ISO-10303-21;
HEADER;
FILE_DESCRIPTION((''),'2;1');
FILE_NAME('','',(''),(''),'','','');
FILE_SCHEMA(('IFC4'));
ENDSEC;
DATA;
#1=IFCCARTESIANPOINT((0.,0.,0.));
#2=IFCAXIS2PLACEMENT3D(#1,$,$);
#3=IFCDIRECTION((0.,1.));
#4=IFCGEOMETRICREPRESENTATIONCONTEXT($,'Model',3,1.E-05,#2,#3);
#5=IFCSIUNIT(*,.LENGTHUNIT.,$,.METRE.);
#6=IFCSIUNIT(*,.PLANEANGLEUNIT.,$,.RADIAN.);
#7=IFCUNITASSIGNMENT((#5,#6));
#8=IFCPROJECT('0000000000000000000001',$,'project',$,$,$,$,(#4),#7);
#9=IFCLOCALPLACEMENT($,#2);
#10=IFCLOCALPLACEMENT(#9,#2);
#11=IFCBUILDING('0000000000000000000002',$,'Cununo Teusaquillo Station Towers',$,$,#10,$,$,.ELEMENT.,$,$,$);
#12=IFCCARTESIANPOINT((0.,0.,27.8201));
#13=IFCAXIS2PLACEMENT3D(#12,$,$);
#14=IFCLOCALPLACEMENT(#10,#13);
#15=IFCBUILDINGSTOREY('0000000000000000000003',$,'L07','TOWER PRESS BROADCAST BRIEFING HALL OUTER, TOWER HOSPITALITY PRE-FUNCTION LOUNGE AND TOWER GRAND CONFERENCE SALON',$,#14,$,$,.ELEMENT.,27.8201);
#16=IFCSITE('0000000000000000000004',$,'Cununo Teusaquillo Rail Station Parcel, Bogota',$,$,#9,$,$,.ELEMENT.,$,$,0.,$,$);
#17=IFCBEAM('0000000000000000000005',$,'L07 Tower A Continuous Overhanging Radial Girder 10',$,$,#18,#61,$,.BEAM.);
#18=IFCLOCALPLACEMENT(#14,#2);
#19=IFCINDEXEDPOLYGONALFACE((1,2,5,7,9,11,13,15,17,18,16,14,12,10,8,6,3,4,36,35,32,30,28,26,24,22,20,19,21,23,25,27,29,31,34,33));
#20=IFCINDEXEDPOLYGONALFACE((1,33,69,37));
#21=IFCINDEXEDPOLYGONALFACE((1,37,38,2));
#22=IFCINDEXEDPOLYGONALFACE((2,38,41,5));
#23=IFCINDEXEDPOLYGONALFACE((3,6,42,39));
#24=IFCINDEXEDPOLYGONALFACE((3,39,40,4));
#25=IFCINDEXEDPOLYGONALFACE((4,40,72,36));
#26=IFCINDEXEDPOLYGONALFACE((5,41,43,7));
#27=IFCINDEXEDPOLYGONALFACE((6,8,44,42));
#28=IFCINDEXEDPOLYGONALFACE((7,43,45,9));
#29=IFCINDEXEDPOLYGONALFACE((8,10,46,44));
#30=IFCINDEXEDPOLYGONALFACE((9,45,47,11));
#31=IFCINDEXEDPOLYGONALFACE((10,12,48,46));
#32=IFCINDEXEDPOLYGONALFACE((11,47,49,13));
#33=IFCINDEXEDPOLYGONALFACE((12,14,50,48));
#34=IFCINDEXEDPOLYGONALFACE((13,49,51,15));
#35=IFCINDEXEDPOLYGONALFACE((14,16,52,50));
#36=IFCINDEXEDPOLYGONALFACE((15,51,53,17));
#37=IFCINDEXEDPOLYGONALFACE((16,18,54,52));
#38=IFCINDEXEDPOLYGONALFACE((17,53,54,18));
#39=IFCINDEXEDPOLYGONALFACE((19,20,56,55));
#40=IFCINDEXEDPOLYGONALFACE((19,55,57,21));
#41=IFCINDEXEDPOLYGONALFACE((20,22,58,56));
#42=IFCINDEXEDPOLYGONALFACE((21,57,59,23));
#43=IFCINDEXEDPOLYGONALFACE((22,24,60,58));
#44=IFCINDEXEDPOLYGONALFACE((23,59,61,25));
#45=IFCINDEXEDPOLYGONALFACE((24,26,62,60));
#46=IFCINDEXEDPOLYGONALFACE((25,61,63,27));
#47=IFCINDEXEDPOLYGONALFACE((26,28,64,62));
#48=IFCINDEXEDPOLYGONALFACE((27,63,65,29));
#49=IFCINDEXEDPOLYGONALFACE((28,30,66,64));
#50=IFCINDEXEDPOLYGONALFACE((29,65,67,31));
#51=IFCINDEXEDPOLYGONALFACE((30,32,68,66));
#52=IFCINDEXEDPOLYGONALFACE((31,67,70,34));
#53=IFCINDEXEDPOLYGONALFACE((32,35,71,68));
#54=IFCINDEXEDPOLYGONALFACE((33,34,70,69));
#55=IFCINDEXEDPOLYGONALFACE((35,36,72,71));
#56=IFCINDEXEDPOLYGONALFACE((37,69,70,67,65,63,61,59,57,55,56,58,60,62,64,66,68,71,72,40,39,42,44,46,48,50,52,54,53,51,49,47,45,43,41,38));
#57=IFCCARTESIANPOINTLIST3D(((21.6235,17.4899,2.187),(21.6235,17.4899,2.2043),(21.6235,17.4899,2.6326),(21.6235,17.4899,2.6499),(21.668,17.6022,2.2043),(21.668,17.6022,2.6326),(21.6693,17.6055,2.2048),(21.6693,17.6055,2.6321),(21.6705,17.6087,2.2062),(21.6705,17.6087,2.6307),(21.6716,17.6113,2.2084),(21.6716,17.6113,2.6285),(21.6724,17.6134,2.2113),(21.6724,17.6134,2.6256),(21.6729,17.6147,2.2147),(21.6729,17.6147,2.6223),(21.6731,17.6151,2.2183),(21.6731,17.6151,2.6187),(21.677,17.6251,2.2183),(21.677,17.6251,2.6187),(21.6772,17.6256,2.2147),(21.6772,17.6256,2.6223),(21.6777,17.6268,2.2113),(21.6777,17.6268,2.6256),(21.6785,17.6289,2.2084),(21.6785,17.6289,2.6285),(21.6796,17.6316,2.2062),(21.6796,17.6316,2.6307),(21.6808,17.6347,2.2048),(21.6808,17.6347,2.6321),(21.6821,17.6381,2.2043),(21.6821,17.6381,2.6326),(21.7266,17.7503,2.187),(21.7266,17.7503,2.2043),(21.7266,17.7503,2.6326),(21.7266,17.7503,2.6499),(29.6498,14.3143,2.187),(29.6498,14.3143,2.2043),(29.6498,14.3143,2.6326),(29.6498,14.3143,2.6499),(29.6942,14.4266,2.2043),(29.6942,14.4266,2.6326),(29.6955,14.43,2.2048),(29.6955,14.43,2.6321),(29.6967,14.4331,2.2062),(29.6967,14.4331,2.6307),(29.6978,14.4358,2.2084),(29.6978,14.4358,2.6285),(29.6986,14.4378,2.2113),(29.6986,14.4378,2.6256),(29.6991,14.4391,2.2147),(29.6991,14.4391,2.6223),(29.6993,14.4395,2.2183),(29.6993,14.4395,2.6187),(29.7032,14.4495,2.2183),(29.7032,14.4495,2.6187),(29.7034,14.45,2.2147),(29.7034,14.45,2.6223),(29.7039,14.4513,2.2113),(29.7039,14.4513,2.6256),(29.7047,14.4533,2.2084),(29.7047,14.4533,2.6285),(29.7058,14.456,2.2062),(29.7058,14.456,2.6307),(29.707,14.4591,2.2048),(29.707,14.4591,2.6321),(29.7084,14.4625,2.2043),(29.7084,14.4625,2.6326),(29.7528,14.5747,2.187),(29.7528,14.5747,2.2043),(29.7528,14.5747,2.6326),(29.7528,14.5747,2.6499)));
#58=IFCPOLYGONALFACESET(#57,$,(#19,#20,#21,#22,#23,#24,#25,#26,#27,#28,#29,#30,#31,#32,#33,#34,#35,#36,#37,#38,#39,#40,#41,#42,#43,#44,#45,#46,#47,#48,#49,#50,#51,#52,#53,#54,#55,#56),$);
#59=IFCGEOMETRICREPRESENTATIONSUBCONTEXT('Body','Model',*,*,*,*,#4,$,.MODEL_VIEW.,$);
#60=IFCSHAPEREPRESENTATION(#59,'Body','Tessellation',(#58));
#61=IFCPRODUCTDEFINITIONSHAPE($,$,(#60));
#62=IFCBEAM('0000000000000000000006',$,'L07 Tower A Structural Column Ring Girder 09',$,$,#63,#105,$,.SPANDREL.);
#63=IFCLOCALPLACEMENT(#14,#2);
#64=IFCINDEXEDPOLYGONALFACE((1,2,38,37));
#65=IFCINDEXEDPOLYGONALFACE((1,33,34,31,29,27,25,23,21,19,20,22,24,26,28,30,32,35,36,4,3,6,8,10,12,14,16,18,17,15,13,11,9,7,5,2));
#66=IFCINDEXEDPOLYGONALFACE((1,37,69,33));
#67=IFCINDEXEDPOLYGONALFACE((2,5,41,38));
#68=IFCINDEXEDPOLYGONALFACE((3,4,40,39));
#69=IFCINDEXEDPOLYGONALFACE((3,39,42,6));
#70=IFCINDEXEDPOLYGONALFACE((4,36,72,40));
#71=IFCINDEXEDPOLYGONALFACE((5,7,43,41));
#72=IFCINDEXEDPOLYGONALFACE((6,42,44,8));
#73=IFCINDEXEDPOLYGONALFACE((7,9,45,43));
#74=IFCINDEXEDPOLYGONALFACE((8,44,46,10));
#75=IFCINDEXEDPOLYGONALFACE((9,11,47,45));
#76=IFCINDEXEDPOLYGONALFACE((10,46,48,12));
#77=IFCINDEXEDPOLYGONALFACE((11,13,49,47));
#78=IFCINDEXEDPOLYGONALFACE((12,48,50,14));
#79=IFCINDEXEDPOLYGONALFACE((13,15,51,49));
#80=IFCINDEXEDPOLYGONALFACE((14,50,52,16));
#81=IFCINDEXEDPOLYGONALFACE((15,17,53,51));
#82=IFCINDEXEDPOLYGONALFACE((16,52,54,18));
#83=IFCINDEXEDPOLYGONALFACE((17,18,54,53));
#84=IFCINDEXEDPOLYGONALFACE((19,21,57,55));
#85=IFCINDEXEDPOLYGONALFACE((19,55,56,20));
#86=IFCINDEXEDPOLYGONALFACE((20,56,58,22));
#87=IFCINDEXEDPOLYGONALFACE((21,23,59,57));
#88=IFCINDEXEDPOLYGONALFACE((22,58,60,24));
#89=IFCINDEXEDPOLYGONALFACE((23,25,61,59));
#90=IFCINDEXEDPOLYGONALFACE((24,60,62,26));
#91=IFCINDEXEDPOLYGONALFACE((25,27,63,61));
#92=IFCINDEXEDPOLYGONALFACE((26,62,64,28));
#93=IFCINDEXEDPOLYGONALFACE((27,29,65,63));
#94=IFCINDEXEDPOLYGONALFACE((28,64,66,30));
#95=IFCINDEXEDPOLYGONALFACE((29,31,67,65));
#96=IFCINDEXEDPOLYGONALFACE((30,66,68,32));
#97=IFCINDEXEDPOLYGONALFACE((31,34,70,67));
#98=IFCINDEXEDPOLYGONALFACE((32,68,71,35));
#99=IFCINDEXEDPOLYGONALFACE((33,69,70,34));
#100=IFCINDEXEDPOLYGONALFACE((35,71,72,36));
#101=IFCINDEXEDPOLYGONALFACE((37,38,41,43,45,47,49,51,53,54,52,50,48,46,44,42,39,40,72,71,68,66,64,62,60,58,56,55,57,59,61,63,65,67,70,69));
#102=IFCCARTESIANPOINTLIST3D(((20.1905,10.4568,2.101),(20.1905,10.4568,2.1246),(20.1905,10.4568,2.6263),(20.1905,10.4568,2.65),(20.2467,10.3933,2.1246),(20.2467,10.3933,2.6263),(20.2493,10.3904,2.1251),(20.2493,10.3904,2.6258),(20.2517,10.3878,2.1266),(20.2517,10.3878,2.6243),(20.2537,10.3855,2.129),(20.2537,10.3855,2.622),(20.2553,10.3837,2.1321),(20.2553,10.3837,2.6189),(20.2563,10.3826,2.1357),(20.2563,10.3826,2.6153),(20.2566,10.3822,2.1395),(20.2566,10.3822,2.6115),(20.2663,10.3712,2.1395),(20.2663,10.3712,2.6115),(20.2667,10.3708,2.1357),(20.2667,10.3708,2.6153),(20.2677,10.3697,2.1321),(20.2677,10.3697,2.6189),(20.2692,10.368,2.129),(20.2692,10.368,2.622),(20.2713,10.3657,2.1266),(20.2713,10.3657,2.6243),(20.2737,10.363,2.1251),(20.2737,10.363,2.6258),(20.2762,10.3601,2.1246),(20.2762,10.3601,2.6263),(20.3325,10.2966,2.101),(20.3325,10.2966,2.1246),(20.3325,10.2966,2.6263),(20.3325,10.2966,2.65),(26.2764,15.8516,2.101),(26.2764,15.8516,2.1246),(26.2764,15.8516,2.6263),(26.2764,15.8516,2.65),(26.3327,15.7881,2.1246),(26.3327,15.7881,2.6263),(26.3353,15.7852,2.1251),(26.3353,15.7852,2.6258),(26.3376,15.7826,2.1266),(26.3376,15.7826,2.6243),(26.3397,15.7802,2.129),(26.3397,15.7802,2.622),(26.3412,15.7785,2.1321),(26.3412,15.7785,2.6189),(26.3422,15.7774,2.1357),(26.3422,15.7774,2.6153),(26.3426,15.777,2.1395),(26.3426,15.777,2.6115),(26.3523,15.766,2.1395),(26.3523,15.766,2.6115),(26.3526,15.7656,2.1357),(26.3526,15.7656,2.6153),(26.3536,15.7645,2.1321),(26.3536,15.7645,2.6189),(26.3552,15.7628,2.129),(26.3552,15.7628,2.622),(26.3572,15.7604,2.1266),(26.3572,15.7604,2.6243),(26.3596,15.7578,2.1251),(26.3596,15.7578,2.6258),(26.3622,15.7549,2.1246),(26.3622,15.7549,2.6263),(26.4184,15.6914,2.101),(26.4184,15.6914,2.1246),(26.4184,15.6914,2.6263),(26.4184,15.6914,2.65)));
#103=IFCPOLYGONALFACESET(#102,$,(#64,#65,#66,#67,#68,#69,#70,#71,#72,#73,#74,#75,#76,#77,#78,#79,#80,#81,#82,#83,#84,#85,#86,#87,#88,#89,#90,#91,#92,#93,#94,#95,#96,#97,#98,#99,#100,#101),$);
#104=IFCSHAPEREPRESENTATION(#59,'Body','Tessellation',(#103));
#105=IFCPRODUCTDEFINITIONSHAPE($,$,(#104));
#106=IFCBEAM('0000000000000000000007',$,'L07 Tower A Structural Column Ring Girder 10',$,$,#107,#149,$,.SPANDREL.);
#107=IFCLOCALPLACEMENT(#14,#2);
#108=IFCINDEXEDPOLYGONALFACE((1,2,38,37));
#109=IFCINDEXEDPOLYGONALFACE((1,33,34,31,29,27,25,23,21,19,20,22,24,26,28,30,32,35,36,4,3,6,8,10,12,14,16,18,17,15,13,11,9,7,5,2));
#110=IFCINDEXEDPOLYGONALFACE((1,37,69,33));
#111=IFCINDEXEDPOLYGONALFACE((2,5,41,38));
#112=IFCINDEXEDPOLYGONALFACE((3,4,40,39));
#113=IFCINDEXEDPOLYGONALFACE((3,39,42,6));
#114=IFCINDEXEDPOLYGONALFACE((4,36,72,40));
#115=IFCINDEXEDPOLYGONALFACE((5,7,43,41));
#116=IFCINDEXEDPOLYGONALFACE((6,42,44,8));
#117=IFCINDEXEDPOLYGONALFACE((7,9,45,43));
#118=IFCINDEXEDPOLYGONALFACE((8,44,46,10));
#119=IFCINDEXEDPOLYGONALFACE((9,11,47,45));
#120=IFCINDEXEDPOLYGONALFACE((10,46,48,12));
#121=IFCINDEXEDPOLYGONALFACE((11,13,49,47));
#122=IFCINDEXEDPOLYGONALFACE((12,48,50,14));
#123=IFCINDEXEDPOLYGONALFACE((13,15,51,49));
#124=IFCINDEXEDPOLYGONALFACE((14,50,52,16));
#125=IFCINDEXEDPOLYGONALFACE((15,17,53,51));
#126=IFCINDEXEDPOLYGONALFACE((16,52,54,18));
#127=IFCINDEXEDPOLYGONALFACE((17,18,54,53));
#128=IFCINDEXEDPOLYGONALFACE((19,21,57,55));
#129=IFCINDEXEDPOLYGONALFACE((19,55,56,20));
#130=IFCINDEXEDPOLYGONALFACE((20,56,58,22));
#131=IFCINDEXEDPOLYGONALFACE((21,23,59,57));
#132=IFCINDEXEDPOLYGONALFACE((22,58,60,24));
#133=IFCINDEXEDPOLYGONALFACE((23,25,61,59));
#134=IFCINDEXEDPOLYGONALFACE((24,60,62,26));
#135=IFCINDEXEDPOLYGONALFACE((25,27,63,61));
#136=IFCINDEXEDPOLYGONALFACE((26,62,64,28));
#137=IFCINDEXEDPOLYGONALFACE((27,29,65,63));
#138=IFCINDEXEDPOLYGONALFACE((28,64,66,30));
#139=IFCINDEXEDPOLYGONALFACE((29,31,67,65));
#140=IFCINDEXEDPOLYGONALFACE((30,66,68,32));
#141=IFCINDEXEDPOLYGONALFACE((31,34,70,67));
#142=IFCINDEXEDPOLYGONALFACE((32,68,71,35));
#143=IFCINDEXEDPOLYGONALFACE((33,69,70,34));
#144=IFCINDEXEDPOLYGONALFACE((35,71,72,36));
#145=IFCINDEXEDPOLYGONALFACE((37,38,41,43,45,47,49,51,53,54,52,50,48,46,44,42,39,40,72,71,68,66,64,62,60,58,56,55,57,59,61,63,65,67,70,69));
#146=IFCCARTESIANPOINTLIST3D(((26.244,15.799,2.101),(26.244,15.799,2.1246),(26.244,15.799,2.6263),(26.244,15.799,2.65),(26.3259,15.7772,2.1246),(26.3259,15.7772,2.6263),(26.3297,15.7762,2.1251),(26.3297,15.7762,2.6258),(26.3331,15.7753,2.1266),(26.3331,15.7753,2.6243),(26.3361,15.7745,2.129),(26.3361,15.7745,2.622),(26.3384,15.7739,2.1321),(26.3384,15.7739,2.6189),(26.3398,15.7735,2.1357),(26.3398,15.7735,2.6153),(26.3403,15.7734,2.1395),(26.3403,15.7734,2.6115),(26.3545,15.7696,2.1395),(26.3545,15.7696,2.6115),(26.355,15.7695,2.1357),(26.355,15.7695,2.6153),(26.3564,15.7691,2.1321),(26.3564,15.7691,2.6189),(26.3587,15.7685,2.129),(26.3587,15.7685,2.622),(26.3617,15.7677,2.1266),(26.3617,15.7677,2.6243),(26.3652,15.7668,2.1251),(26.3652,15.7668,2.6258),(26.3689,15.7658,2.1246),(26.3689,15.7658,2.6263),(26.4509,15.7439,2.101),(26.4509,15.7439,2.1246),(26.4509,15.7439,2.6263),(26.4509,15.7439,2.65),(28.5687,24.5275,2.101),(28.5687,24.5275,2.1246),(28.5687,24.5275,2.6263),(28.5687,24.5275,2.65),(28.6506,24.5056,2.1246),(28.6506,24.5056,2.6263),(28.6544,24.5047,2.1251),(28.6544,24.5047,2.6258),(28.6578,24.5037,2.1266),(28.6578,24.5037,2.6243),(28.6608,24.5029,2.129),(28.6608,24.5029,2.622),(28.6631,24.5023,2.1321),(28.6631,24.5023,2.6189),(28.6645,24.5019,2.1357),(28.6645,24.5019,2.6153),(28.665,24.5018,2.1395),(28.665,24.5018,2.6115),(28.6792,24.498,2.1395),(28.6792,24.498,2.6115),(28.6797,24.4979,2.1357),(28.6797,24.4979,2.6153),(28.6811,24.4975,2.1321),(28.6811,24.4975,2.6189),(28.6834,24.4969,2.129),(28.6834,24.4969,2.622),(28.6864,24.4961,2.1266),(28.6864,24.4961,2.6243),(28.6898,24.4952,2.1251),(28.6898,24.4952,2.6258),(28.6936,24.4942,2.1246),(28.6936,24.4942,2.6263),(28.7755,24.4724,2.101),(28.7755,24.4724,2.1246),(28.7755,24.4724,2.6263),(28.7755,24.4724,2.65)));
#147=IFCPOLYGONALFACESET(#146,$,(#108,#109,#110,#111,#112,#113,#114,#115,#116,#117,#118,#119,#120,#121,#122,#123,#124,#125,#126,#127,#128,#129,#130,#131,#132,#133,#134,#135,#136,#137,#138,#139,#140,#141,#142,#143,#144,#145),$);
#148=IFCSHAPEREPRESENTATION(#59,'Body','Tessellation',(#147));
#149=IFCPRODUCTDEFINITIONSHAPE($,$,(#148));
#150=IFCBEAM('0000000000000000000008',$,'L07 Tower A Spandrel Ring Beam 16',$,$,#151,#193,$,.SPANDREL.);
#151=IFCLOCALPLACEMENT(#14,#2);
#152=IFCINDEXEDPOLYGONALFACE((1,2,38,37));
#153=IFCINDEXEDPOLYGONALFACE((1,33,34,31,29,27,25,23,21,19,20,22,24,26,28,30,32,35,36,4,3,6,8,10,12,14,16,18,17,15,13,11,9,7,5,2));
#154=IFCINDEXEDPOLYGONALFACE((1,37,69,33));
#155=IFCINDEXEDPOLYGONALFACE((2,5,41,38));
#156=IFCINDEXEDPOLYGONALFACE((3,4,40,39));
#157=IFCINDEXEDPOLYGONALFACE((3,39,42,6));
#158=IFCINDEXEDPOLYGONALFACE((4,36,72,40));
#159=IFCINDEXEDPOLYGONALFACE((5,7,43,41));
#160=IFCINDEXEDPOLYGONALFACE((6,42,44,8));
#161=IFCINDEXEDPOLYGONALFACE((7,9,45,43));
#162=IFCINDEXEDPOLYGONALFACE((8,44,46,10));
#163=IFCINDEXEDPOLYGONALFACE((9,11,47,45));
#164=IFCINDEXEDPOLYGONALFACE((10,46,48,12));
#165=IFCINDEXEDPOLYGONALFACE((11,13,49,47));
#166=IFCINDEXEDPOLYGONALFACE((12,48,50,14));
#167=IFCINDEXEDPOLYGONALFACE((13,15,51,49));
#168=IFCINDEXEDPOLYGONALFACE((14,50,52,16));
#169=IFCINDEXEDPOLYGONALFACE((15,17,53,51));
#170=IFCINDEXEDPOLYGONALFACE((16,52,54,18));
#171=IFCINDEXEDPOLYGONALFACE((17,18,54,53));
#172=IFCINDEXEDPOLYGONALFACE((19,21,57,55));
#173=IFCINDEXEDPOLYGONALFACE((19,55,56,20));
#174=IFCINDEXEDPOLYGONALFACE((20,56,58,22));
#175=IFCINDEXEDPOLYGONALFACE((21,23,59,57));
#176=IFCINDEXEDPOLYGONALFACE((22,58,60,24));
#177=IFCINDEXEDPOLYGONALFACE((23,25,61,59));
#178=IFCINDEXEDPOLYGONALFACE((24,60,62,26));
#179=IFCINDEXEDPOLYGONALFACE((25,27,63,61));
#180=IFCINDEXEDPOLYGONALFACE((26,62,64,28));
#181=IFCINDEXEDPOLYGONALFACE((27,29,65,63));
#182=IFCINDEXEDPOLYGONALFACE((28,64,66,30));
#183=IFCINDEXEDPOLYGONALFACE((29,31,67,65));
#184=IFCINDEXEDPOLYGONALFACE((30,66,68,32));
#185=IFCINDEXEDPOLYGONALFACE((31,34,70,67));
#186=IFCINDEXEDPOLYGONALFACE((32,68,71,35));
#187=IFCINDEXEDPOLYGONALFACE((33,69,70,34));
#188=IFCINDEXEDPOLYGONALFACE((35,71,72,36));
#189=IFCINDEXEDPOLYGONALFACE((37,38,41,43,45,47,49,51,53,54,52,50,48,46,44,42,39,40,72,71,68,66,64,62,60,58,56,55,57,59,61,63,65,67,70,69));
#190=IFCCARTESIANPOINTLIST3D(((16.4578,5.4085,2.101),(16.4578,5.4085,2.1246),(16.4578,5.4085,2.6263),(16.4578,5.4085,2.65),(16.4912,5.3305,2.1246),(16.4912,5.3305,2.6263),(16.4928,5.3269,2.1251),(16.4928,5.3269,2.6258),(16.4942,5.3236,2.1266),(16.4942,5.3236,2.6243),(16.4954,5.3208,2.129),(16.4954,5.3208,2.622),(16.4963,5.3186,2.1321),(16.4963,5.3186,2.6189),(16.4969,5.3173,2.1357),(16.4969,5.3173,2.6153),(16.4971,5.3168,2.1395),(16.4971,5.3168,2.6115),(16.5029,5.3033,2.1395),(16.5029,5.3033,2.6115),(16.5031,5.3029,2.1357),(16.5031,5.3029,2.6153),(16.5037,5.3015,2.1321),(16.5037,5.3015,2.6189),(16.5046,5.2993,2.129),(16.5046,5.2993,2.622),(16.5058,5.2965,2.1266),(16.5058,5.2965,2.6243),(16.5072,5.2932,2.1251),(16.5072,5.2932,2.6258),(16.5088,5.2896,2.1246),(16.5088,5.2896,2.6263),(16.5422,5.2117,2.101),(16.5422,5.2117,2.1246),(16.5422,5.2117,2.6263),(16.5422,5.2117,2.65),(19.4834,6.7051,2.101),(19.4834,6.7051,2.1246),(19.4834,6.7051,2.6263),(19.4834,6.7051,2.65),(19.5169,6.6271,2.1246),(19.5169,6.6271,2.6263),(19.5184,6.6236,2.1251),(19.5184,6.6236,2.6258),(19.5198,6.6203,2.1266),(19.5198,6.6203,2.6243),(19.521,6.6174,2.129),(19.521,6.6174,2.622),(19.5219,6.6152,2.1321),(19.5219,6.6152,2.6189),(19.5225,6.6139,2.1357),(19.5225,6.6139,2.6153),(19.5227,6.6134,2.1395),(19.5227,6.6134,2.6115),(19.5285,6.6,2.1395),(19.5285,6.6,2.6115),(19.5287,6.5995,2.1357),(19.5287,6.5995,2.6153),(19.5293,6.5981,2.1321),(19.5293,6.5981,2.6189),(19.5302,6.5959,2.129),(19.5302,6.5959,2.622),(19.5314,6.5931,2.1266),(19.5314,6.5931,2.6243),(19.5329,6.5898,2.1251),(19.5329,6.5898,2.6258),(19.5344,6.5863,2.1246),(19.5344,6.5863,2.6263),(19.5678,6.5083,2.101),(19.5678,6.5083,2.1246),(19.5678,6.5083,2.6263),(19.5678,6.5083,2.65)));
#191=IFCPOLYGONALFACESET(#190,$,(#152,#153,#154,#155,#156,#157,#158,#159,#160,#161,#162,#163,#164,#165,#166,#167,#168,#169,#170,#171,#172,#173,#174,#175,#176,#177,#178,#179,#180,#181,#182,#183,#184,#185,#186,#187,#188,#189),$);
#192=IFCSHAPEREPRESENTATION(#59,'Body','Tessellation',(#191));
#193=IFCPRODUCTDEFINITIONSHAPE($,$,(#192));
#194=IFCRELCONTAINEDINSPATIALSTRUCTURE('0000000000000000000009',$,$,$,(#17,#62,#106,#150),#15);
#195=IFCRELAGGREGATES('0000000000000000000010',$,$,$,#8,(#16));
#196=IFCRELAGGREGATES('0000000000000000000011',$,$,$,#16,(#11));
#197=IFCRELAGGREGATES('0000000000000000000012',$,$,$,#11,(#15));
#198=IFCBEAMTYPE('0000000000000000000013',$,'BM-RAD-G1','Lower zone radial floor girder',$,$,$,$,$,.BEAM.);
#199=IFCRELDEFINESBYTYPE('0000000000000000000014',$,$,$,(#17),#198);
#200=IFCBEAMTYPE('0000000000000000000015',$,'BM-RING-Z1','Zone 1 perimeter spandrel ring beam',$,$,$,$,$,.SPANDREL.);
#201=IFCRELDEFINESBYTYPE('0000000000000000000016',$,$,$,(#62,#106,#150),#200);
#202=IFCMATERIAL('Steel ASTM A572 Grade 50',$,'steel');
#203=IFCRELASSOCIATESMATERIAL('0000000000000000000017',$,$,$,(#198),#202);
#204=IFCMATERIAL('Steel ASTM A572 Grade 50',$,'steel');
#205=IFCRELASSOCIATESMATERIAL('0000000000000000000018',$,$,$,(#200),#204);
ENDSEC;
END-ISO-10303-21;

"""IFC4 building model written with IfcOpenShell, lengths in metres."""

from ifc_helpers import new_model, si_unit, direction, frame, origin, origin_2d, place, context, subcontext, project, spatial, i_section, extrude, material, material_profile, profile_set, type_object, element, save


model = new_model("IFC4")

# Units and contexts
model_context = context("Model", 3, precision=1e-05, world=origin(), true_north=direction((0.0, 1.0)))
body_context = subcontext(model_context, "Body", "Model", "MODEL_VIEW")
ifc_project = project(units=[si_unit("LENGTHUNIT", "METRE"), si_unit("PLANEANGLEUNIT", "RADIAN")], contexts=[model_context])

# Site, building, storey
site_placement = place(None, origin())
site = spatial("IfcSite", under=ifc_project, at=site_placement, Name="Cununo Teusaquillo Rail Station Parcel, Bogota", CompositionType="ELEMENT", RefElevation=0.0)
building_placement = place(site_placement, origin())
building = spatial("IfcBuilding", under=site, at=building_placement, Name="Cununo Teusaquillo Station Towers", CompositionType="ELEMENT")
storey_placement = place(building_placement, frame((0.0, 0.0, 27.8201)))
storey = spatial("IfcBuildingStorey", under=building, at=storey_placement, Name="L07", Description="TOWER PRESS BROADCAST BRIEFING HALL OUTER, TOWER HOSPITALITY PRE-FUNCTION LOUNGE AND TOWER GRAND CONFERENCE SALON", CompositionType="ELEMENT", Elevation=27.8201)

# Beams
ifc_material_1 = material(Name="Steel ASTM A572 Grade 50", Category="steel")
ifc_material_profile_1 = material_profile(ifc_material_1, i_section(OverallWidth=0.28, OverallDepth=0.4629, WebThickness=0.0107, FlangeThickness=0.0173, FilletRadius=0.0139, at=origin_2d()), Name="W18X76")
ifc_profile_set_1 = profile_set([ifc_material_profile_1], Name="Steel ASTM A572 Grade 50")
beam_type_1 = type_object("IfcBeamType", Name="BM-RAD-G1", Description="Lower zone radial floor girder", PredefinedType="BEAM", material=ifc_profile_set_1)
beam_1_placement = place(storey_placement, frame((21.675, 17.6201, 2.4185), z_axis=(0.929865, -0.367901, 0.0), x_axis=(0.367901, 0.929865, 0.0)))
element("IfcBeam", 1, at=beam_1_placement, inside=storey, type_object=beam_type_1, Name="L07 Tower A Continuous Overhanging Radial Girder 10", PredefinedType="BEAM", context=body_context, shape_type="SweptSolid", body=[
    extrude(i_section(OverallWidth=0.28, OverallDepth=0.4629, WebThickness=0.0107, FlangeThickness=0.0173, FilletRadius=0.0139, at=origin_2d()), origin(), (0.0, 0.0, 1.0), 8.6316),
])
ifc_material_2 = material(Name="Steel ASTM A572 Grade 50", Category="steel")
ifc_material_profile_2 = material_profile(ifc_material_2, i_section(OverallWidth=0.2141, OverallDepth=0.5491, WebThickness=0.0146, FlangeThickness=0.0237, FilletRadius=0.0149, at=origin_2d()), Name="W21X93")
ifc_profile_set_2 = profile_set([ifc_material_profile_2], Name="Steel ASTM A572 Grade 50")
beam_type_2 = type_object("IfcBeamType", Name="BM-RING-Z1", Description="Zone 1 perimeter spandrel ring beam", PredefinedType="SPANDREL", material=ifc_profile_set_2)
beam_2_placement = place(storey_placement, frame((20.2615, 10.3767, 2.3755), z_axis=(0.748321, 0.663337, 0.0), x_axis=(-0.663337, 0.748321, 0.0)))
element("IfcBeam", 2, at=beam_2_placement, inside=storey, type_object=beam_type_2, Name="L07 Tower A Structural Column Ring Girder 09", PredefinedType="SPANDREL", context=body_context, shape_type="SweptSolid", body=[
    extrude(i_section(OverallWidth=0.2141, OverallDepth=0.5491, WebThickness=0.0146, FlangeThickness=0.0237, FilletRadius=0.0149, at=origin_2d()), origin(), (0.0, 0.0, 1.0), 8.1328),
])
beam_3_placement = place(storey_placement, frame((26.3474, 15.7715, 2.3755), z_axis=(0.257363, 0.966315, 0.0), x_axis=(-0.966315, 0.257363, 0.0)))
element("IfcBeam", 3, at=beam_3_placement, inside=storey, type_object=beam_type_2, Name="L07 Tower A Structural Column Ring Girder 10", PredefinedType="SPANDREL", context=body_context, shape_type="SweptSolid", body=[
    extrude(i_section(OverallWidth=0.2141, OverallDepth=0.5491, WebThickness=0.0146, FlangeThickness=0.0237, FilletRadius=0.0149, at=origin_2d()), origin(), (0.0, 0.0, 1.0), 9.0327),
])
beam_4_placement = place(storey_placement, frame((16.5, 5.3101, 2.3755), z_axis=(0.919153, 0.393901, 0.0), x_axis=(-0.393901, 0.919153, 0.0)))
element("IfcBeam", 4, at=beam_4_placement, inside=storey, type_object=beam_type_2, Name="L07 Tower A Spandrel Ring Beam 16", PredefinedType="SPANDREL", context=body_context, shape_type="SweptSolid", body=[
    extrude(i_section(OverallWidth=0.2141, OverallDepth=0.5491, WebThickness=0.0146, FlangeThickness=0.0237, FilletRadius=0.0149, at=origin_2d()), origin(), (0.0, 0.0, 1.0), 3.2917),
])

save(model, "model.ifc")
